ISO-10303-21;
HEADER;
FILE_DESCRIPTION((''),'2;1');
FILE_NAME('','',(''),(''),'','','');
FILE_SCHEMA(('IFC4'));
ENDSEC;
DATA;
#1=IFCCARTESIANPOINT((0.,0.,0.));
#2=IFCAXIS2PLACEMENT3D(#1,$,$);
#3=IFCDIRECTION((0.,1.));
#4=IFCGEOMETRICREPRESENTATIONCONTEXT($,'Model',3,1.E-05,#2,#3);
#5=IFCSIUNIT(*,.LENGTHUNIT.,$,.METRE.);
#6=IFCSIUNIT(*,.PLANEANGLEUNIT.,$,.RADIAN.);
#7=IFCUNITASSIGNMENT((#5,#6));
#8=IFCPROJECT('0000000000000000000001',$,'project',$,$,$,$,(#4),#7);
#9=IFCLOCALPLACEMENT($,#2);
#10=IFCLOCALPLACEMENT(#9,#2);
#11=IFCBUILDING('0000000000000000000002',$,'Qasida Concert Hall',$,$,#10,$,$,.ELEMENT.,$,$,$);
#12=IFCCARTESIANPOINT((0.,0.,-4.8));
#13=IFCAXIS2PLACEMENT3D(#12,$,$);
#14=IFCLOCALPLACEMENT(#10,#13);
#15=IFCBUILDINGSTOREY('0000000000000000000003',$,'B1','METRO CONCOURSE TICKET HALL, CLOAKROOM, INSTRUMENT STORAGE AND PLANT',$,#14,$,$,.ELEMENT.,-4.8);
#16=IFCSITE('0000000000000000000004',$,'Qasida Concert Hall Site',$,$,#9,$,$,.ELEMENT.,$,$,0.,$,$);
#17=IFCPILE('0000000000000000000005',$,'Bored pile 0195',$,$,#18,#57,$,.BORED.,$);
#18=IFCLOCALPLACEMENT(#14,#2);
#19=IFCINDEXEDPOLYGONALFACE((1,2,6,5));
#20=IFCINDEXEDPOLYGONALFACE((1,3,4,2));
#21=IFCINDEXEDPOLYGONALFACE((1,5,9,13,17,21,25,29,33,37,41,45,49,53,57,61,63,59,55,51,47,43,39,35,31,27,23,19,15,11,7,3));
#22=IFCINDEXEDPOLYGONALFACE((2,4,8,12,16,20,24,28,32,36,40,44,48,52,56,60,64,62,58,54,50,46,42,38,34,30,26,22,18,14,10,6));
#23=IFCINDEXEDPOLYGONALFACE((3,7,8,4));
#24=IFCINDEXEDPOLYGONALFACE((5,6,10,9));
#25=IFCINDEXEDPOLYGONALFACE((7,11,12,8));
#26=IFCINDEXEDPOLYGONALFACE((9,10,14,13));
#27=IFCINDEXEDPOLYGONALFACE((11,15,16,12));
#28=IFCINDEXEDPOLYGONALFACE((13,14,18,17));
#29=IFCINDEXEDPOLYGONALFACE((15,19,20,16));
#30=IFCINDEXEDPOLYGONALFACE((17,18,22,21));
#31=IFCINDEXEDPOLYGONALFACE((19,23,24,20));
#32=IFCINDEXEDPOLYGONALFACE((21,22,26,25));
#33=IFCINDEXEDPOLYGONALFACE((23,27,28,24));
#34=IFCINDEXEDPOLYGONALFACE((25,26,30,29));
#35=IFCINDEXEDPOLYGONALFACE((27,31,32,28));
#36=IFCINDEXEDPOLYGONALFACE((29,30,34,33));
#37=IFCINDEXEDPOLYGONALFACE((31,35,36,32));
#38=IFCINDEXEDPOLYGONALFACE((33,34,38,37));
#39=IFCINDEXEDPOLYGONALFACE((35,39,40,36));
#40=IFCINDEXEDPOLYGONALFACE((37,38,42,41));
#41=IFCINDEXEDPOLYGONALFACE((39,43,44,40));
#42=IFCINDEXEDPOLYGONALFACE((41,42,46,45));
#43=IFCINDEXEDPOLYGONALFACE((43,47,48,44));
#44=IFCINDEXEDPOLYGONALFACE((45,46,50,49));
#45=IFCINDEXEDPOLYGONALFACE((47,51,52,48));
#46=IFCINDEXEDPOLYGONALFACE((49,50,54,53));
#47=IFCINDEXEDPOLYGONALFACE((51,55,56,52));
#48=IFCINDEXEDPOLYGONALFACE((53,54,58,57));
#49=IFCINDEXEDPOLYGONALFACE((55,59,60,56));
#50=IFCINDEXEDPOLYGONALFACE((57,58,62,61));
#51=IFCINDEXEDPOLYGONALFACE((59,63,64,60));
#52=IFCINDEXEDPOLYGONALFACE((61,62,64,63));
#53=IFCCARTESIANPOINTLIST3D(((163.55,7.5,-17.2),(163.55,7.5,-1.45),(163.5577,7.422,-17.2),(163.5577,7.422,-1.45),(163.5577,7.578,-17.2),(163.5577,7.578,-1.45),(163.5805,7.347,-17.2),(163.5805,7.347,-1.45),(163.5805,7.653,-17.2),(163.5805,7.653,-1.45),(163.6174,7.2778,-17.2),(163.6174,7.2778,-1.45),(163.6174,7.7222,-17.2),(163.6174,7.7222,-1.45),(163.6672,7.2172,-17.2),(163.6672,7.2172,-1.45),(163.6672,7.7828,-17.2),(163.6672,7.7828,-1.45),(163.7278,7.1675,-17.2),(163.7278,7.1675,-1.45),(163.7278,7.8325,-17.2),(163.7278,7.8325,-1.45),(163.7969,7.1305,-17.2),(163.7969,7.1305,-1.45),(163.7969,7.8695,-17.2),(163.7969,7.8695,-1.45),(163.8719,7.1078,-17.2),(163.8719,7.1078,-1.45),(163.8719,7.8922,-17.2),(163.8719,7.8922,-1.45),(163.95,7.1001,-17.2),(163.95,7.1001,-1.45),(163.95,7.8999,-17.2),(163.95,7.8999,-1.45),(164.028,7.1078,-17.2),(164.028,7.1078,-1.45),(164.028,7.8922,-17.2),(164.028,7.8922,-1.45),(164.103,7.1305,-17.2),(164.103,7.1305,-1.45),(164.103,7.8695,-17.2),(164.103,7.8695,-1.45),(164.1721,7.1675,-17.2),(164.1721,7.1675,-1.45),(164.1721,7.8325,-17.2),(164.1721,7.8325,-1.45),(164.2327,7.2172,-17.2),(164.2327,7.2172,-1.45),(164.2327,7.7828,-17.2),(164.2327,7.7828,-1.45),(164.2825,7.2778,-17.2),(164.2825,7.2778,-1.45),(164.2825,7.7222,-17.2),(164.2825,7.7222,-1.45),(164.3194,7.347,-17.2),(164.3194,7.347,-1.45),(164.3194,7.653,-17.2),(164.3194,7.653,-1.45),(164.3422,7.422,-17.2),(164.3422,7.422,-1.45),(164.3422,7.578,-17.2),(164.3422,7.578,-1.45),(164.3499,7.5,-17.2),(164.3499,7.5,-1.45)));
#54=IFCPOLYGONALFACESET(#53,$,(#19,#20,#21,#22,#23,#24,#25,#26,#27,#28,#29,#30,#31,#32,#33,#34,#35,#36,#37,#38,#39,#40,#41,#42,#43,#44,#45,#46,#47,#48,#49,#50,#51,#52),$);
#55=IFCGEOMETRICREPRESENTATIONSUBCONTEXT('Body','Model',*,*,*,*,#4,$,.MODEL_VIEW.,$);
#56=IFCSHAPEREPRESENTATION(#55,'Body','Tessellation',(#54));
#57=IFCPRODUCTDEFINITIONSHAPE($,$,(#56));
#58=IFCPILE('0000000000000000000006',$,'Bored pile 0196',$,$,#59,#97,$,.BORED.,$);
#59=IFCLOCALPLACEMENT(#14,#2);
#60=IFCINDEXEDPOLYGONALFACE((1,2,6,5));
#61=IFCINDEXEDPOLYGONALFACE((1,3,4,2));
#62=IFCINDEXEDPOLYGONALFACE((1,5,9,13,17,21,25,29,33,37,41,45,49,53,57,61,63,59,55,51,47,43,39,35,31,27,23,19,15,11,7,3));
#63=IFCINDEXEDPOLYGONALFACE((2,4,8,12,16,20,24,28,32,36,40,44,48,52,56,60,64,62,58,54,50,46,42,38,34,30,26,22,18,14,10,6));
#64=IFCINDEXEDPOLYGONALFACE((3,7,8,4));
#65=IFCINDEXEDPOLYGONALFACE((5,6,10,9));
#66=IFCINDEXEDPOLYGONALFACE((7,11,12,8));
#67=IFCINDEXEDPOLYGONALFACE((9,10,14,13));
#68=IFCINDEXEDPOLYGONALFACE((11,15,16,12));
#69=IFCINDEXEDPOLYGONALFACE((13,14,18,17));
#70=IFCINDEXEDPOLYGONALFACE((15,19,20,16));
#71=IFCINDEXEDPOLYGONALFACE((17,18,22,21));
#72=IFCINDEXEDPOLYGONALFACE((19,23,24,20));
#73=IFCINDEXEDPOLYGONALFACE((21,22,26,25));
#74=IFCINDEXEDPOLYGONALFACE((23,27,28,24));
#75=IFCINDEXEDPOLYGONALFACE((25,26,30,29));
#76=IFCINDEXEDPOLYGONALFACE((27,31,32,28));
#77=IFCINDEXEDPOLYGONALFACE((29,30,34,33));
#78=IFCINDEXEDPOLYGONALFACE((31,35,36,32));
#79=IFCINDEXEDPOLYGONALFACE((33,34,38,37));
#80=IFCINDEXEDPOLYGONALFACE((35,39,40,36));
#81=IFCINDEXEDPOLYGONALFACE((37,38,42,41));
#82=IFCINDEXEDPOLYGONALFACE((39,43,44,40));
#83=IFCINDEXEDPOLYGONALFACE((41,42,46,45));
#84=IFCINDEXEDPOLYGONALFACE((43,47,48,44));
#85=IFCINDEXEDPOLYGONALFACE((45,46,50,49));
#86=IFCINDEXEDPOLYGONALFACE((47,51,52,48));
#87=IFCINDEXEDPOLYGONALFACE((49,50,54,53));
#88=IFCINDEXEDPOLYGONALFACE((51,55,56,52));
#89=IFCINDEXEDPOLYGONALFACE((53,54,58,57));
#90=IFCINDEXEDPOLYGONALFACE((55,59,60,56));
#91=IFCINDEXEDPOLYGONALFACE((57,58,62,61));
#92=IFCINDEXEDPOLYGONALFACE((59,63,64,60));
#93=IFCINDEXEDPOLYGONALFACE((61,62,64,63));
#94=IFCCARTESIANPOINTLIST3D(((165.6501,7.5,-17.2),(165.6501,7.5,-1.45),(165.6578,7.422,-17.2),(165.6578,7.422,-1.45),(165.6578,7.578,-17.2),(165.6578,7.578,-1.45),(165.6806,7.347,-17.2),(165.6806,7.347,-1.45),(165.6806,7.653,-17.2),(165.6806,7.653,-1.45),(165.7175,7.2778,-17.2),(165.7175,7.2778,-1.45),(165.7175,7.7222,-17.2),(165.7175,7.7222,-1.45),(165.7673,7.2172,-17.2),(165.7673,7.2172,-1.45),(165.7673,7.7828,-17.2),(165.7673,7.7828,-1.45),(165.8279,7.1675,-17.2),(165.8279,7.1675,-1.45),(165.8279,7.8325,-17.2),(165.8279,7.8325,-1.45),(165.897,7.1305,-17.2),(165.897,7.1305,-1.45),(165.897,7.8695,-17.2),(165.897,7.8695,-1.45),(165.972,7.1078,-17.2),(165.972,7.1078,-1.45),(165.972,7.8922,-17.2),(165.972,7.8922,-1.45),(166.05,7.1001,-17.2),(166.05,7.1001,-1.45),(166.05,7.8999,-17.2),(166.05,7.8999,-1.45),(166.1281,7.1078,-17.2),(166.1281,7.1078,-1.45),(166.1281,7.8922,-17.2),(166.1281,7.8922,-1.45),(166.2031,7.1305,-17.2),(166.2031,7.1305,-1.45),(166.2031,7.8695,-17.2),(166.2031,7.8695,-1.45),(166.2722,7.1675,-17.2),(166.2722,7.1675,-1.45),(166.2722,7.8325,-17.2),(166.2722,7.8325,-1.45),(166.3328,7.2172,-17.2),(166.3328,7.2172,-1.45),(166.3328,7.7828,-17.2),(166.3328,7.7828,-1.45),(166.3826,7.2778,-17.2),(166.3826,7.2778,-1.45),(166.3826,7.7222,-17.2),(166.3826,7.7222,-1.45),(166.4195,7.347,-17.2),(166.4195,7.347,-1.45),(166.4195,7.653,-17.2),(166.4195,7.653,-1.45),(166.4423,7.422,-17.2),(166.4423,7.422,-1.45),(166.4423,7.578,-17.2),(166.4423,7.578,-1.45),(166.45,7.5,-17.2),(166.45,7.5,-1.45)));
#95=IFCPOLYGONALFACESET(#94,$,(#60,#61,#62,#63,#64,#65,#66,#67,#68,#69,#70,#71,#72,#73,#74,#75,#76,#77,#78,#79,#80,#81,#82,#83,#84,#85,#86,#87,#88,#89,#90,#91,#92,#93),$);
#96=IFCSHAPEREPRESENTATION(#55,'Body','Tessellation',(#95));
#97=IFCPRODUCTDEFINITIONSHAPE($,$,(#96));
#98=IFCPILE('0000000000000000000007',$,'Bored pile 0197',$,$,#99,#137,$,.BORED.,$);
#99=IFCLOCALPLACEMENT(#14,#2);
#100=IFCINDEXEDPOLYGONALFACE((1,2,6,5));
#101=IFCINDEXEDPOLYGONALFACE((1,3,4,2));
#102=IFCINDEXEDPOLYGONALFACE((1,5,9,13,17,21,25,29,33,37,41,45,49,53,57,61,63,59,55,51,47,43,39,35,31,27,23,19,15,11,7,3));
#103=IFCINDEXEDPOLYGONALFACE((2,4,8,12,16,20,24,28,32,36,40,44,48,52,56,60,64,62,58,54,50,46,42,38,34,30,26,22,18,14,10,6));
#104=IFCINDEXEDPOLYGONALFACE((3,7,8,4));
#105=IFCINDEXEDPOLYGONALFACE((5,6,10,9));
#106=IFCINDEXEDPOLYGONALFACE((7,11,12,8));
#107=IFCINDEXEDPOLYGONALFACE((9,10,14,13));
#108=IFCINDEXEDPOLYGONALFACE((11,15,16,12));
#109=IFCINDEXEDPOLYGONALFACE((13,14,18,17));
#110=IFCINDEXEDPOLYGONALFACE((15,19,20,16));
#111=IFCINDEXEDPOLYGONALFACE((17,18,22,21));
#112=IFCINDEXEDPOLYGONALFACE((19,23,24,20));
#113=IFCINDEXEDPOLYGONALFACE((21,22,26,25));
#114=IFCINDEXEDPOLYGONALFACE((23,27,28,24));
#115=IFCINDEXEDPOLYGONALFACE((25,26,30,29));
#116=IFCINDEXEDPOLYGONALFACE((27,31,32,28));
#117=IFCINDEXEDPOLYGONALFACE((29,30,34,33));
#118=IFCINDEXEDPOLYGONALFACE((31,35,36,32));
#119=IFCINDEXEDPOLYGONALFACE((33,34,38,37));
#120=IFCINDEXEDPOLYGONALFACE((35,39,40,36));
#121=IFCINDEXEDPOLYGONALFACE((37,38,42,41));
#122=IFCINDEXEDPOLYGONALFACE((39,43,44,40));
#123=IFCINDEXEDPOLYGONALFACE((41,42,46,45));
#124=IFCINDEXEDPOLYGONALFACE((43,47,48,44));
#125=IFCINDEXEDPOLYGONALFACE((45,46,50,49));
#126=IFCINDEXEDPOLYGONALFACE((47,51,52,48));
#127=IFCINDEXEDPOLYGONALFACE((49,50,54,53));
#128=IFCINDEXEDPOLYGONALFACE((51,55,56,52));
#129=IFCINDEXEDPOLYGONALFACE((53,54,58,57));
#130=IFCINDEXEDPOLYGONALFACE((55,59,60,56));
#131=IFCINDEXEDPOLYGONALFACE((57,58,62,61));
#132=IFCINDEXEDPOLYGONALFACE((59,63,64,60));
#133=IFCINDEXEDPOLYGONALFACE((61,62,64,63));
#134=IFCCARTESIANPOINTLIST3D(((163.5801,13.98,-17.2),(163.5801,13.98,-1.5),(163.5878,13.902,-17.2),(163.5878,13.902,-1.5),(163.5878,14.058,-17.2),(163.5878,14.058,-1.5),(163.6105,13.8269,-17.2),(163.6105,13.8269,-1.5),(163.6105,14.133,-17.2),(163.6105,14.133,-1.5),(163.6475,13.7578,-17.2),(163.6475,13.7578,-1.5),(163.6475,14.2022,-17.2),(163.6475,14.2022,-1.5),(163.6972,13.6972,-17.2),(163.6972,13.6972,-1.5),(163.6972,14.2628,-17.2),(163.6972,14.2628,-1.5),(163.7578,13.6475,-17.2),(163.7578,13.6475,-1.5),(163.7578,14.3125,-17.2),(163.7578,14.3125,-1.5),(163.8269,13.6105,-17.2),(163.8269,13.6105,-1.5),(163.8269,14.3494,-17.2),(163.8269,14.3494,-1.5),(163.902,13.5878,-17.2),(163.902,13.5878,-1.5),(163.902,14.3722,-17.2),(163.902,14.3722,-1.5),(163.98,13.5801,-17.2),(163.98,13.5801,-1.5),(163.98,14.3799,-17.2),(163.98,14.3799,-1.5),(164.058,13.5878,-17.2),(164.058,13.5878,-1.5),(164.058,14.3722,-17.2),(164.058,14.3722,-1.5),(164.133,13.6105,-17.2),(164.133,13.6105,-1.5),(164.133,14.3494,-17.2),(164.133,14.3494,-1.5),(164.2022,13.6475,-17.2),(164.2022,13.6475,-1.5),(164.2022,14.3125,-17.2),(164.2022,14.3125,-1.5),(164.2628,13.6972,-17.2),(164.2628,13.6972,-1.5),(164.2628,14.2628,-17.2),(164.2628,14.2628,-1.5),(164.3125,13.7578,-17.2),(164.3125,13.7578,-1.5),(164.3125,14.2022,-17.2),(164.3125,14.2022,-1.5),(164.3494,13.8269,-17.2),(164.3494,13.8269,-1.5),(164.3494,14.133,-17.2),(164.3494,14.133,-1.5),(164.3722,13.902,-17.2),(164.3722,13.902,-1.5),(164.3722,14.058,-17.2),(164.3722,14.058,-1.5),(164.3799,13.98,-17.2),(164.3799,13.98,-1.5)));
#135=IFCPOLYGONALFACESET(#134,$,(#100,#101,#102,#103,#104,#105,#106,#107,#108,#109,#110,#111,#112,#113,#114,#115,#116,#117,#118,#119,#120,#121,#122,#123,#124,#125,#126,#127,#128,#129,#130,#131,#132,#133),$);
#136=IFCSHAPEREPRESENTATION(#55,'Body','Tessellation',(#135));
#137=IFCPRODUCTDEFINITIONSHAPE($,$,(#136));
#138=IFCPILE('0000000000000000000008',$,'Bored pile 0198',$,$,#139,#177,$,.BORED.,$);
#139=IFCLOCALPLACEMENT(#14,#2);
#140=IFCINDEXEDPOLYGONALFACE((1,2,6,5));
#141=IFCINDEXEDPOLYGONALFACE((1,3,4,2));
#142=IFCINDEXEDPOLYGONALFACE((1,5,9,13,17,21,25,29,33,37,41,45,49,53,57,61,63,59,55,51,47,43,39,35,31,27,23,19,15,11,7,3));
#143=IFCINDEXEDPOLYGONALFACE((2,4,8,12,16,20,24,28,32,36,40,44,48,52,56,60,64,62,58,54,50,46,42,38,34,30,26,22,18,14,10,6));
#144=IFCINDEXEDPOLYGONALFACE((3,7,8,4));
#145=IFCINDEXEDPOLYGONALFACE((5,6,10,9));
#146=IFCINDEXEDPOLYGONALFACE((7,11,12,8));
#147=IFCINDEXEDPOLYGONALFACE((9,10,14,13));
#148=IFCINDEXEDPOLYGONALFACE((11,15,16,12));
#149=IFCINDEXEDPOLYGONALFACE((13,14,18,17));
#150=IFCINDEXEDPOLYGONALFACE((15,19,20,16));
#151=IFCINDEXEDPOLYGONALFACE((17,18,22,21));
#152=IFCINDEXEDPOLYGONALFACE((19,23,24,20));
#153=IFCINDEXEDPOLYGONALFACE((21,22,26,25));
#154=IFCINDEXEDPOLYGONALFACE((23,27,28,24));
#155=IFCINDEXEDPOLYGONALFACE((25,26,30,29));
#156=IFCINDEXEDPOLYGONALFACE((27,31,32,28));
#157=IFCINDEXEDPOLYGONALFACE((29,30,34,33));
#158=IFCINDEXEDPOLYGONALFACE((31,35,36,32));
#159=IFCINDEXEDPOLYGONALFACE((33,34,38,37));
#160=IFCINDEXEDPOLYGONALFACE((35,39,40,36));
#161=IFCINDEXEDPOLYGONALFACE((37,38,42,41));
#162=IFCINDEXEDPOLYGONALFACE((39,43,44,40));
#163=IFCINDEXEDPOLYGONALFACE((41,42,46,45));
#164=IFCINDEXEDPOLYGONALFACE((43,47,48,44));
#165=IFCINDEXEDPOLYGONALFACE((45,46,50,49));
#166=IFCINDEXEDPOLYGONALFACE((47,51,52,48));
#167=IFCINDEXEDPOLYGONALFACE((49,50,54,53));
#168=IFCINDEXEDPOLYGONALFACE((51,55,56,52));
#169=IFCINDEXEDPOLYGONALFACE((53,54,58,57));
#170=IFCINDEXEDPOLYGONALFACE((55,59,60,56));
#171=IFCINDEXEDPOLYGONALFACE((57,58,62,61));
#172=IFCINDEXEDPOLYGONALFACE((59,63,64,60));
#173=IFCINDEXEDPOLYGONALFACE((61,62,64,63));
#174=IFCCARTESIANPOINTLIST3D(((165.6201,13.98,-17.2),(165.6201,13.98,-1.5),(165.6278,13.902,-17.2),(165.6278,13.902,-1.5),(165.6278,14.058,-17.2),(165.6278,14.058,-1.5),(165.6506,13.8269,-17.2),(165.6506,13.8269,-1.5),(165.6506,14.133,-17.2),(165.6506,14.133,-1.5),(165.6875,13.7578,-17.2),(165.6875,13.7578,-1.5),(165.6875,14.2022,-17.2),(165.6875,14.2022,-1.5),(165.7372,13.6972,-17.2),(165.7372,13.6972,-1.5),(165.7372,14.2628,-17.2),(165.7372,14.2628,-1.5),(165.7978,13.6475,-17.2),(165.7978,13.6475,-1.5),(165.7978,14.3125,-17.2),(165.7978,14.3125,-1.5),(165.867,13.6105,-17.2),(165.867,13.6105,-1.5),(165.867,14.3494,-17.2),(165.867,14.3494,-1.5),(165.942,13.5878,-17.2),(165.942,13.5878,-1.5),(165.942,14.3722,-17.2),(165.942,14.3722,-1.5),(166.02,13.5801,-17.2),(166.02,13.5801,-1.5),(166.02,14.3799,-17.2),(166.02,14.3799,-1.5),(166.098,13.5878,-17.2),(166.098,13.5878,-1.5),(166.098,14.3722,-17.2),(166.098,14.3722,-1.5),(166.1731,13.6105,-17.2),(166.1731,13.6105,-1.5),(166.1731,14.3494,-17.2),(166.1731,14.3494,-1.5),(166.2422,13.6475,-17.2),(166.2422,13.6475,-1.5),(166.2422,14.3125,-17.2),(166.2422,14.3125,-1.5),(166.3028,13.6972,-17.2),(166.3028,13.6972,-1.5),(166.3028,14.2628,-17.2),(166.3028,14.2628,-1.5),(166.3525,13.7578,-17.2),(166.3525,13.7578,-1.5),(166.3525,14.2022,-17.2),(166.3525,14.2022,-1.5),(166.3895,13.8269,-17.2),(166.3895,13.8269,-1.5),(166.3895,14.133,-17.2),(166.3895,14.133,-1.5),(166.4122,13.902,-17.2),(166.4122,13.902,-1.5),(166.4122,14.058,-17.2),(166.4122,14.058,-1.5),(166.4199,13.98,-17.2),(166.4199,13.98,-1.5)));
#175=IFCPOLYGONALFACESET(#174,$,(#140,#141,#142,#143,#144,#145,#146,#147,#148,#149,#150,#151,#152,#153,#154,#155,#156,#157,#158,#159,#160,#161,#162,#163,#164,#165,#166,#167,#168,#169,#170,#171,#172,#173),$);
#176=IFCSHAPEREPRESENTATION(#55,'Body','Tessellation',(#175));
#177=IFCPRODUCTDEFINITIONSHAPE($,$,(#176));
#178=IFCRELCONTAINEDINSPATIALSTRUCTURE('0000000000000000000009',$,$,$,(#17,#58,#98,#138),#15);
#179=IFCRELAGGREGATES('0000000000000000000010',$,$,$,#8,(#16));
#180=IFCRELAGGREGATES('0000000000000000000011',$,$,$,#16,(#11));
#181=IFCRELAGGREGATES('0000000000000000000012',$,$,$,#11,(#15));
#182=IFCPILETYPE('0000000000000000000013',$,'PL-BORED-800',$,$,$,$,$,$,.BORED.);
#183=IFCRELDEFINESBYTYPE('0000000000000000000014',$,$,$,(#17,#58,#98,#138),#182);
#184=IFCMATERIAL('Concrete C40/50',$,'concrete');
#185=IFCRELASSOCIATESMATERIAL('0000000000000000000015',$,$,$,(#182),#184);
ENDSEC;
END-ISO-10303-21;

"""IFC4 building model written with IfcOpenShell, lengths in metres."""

from ifc_helpers import new_model, si_unit, direction, frame, origin, origin_2d, place, context, subcontext, project, spatial, circle, extrude, material, material_profile, profile_set, type_object, element, save


model = new_model("IFC4")

# Units and contexts
model_context = context("Model", 3, precision=1e-05, world=origin(), true_north=direction((0.0, 1.0)))
body_context = subcontext(model_context, "Body", "Model", "MODEL_VIEW")
ifc_project = project(units=[si_unit("LENGTHUNIT", "METRE"), si_unit("PLANEANGLEUNIT", "RADIAN")], contexts=[model_context])

# Site, building, storey
site_placement = place(None, origin())
site = spatial("IfcSite", under=ifc_project, at=site_placement, Name="Qasida Concert Hall Site", CompositionType="ELEMENT", RefElevation=0.0)
building_placement = place(site_placement, origin())
building = spatial("IfcBuilding", under=site, at=building_placement, Name="Qasida Concert Hall", CompositionType="ELEMENT")
storey_placement = place(building_placement, frame((0.0, 0.0, -4.8)))
storey = spatial("IfcBuildingStorey", under=building, at=storey_placement, Name="B1", Description="METRO CONCOURSE TICKET HALL, CLOAKROOM, INSTRUMENT STORAGE AND PLANT", CompositionType="ELEMENT", Elevation=-4.8)

# Shared definitions
ifc_material_1 = material(Name="Concrete C40/50", Category="concrete")

# Piles
ifc_material_profile_1 = material_profile(ifc_material_1, circle(Radius=0.3999, at=origin_2d()), Name="BORED PILE D800")
ifc_profile_set_1 = profile_set([ifc_material_profile_1], Name="Concrete C40/50")
pile_type = type_object("IfcPileType", Name="PL-BORED-800", PredefinedType="BORED", material=ifc_profile_set_1)
for number, where, z_axis, x_axis, name in (
    (1, (163.95, 7.5, -1.45), (0.0, 0.0, -1.0), (1.0, 0.0, 0.0), "Bored pile 0195"),
    (2, (166.05, 7.5, -1.45), (0.0, 0.0, -1.0), (1.0, 0.0, 0.0), "Bored pile 0196"),
):
    element("IfcPile", number, at=place(storey_placement, frame(where, z_axis=z_axis, x_axis=x_axis)), inside=storey, type_object=pile_type, Name=name, PredefinedType="BORED", context=body_context, shape_type="SweptSolid", body=[
        extrude(circle(Radius=0.3999, at=origin_2d()), origin(), (0.0, 0.0, 1.0), 15.75),
    ])
for number, where, z_axis, x_axis, name in (
    (3, (163.98, 13.98, -1.5), (0.0, 0.0, -1.0), (1.0, 0.0, 0.0), "Bored pile 0197"),
    (4, (166.02, 13.98, -1.5), (0.0, 0.0, -1.0), (1.0, 0.0, 0.0), "Bored pile 0198"),
):
    element("IfcPile", number, at=place(storey_placement, frame(where, z_axis=z_axis, x_axis=x_axis)), inside=storey, type_object=pile_type, Name=name, PredefinedType="BORED", context=body_context, shape_type="SweptSolid", body=[
        extrude(circle(Radius=0.3999, at=origin_2d()), origin(), (0.0, 0.0, 1.0), 15.7),
    ])

save(model, "model.ifc")
